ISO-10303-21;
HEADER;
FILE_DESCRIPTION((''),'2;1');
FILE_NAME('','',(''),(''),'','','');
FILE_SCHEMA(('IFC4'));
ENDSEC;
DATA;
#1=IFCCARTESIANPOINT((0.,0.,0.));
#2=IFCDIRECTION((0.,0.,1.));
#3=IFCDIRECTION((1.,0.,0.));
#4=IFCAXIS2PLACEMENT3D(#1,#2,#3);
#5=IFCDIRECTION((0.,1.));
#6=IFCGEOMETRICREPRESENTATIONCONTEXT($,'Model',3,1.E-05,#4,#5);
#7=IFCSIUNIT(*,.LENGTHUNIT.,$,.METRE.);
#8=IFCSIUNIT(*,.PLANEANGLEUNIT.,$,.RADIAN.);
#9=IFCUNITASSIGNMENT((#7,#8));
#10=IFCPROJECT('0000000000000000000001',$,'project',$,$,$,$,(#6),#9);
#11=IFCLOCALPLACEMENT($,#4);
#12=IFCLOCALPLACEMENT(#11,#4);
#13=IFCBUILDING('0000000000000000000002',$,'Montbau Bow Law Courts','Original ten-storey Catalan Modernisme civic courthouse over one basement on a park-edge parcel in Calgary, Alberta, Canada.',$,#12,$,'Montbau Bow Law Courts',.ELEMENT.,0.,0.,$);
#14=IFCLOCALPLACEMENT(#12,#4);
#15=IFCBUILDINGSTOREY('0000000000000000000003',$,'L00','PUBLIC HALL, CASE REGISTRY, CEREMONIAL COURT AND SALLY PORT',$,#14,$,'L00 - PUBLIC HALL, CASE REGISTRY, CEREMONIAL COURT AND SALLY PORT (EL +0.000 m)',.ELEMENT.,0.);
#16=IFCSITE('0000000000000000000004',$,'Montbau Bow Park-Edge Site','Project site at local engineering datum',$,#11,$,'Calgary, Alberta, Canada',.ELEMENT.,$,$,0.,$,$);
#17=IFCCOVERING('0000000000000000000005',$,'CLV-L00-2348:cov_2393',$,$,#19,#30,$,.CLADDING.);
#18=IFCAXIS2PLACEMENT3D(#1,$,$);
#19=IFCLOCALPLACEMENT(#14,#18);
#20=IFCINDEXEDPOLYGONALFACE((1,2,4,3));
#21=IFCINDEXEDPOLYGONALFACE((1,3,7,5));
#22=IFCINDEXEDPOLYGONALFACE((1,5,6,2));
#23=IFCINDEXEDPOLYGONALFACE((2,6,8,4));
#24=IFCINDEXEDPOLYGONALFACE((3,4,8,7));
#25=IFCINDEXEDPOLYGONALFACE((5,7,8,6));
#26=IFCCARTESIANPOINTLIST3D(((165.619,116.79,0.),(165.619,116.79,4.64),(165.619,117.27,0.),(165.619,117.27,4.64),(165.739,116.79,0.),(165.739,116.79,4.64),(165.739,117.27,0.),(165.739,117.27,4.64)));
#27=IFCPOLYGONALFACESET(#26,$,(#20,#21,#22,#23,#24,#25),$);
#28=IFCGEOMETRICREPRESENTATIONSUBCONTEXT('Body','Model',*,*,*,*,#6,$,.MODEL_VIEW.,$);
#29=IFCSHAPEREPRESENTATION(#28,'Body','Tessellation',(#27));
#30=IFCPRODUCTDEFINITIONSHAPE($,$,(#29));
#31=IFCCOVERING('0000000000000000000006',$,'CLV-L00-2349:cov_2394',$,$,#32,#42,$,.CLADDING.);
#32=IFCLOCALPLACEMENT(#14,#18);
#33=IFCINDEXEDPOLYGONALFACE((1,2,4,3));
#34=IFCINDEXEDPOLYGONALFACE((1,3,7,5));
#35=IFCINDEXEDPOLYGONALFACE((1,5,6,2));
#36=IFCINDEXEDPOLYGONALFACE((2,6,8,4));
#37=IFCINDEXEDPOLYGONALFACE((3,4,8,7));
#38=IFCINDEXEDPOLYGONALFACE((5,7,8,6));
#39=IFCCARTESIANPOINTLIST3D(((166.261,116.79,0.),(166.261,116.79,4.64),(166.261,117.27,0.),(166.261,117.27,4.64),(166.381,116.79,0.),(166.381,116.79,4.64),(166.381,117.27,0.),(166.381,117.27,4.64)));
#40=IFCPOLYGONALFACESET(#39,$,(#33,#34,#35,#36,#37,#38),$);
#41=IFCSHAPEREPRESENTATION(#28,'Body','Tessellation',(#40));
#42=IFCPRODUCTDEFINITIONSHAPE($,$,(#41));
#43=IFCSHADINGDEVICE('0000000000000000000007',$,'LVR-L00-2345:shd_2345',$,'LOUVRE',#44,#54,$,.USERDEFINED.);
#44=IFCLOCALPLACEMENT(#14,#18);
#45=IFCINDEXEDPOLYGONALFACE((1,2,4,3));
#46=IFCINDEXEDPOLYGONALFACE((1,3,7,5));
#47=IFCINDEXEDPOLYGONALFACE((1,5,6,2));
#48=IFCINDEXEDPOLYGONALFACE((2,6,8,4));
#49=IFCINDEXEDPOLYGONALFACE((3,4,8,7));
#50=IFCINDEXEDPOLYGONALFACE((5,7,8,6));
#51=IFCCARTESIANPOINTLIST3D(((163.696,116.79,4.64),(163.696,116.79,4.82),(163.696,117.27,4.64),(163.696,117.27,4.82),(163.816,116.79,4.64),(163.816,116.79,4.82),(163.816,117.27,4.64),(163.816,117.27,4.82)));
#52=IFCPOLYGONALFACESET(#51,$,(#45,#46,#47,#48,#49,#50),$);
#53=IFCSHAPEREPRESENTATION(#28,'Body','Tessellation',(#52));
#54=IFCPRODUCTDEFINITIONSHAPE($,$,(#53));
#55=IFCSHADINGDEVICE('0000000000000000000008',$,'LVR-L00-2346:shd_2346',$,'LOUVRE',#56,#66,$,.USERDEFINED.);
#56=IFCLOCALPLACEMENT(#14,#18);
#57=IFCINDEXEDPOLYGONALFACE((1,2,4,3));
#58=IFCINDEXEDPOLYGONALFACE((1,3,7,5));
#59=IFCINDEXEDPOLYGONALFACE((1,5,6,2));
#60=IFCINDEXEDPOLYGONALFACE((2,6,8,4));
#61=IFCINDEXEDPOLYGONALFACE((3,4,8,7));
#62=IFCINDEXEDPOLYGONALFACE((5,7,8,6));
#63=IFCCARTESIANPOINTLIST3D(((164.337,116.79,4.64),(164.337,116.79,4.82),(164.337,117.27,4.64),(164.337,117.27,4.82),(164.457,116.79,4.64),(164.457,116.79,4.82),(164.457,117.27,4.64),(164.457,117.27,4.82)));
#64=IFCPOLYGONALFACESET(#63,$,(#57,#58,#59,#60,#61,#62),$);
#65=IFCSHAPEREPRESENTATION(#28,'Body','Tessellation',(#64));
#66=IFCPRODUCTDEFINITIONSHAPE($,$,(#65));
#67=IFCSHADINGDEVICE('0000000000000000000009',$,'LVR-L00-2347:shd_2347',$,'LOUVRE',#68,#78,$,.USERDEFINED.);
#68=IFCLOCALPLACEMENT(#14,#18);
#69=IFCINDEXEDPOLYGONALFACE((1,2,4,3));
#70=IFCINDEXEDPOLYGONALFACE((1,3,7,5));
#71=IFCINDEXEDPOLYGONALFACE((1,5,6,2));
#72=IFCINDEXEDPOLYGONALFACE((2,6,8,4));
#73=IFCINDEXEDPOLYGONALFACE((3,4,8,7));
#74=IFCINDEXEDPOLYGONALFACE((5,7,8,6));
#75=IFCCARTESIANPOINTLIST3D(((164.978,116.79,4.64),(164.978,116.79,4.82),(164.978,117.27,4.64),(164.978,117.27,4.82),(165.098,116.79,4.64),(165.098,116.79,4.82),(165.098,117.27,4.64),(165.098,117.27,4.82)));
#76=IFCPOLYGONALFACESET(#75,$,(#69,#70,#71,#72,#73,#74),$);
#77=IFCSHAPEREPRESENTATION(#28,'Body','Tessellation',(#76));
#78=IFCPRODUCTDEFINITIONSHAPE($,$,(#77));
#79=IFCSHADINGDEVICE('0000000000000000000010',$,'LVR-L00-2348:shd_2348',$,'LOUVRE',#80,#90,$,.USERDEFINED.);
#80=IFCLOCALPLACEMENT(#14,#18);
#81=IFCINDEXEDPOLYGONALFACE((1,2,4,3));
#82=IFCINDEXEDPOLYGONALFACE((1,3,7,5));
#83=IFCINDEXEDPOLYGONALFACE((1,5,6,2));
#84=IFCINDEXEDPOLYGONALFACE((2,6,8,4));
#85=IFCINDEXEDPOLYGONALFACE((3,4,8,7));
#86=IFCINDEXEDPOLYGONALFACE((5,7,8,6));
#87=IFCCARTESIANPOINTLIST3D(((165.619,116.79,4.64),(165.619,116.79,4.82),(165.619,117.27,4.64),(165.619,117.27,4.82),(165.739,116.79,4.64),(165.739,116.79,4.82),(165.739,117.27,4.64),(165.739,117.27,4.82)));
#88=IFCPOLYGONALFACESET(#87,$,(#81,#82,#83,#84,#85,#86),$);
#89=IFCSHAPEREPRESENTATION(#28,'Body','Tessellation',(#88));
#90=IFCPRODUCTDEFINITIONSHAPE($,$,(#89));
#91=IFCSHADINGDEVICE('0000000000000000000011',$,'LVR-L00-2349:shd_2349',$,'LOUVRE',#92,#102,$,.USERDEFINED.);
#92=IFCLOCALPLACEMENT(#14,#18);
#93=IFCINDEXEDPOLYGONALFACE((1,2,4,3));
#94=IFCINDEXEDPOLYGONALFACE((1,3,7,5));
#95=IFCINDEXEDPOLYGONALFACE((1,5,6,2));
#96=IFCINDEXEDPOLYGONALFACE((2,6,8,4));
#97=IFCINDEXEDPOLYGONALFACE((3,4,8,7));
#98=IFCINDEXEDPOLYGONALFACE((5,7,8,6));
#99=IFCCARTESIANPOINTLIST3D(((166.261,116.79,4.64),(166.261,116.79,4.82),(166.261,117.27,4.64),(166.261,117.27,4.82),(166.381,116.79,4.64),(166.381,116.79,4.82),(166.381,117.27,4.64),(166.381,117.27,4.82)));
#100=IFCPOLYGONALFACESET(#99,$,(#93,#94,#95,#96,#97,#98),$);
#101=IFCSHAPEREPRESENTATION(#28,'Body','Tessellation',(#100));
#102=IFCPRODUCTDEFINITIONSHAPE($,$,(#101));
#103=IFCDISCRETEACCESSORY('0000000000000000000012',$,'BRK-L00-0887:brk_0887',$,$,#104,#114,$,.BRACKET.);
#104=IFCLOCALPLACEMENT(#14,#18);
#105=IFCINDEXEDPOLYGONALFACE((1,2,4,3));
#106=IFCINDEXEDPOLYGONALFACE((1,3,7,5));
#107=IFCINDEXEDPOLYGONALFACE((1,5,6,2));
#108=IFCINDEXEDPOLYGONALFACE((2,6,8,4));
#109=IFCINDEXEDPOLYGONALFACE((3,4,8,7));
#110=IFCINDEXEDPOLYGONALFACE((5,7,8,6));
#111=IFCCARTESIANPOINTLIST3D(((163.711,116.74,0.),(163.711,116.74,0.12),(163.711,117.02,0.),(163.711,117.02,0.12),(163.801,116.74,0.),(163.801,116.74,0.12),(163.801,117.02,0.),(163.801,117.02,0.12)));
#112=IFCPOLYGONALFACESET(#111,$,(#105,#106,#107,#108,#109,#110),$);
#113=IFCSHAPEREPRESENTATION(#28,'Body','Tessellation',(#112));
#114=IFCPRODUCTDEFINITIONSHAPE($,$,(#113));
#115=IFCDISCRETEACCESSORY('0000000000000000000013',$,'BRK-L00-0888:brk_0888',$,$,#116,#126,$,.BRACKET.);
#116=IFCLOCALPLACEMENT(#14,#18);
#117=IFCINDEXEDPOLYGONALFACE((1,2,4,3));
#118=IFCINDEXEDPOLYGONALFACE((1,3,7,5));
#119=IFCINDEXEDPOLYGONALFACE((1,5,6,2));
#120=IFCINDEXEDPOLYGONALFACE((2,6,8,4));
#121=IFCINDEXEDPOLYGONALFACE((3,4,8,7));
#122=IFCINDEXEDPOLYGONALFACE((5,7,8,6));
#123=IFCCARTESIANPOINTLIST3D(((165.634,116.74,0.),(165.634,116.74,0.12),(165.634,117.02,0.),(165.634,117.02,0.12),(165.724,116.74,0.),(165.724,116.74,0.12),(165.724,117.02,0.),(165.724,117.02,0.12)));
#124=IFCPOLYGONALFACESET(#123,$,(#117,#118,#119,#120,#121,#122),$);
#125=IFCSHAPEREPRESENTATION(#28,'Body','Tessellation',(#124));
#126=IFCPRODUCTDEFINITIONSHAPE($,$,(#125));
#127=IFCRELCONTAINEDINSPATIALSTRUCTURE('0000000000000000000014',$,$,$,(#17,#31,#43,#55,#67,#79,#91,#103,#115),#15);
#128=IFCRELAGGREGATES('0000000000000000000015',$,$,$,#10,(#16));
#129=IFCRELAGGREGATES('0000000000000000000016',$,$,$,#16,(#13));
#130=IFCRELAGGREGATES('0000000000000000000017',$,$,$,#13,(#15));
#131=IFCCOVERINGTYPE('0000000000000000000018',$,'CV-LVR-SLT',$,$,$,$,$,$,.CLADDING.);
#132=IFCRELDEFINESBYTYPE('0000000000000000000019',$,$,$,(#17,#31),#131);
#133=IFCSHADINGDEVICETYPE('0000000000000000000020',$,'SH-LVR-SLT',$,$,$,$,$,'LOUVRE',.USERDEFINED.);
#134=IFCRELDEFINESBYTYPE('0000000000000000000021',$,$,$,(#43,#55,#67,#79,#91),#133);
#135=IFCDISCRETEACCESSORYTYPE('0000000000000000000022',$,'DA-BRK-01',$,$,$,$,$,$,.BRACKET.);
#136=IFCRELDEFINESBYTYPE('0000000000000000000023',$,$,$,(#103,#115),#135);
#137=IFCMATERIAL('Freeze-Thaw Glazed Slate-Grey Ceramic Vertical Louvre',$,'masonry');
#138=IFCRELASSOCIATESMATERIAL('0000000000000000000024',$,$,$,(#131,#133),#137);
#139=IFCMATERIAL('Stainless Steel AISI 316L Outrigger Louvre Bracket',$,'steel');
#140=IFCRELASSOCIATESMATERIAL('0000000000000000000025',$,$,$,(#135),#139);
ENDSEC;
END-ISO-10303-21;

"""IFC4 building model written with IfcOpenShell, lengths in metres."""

from ifc_helpers import new_model, si_unit, direction, frame, frame_2d, origin_with_axes, origin_2d_with_axis, place, context, subcontext, project, spatial, rectangle, extrude, material, type_object, element, save


model = new_model("IFC4")

# Units and contexts
model_context = context("Model", 3, precision=1e-05, world=origin_with_axes(), true_north=direction((0.0, 1.0)))
body_context = subcontext(model_context, "Body", "Model", "MODEL_VIEW")
ifc_project = project(units=[si_unit("LENGTHUNIT", "METRE"), si_unit("PLANEANGLEUNIT", "RADIAN")], contexts=[model_context])

# Site, building, storey
site_placement = place(None, origin_with_axes())
site = spatial("IfcSite", under=ifc_project, at=site_placement, Name="Montbau Bow Park-Edge Site", Description="Project site at local engineering datum", LongName="Calgary, Alberta, Canada", CompositionType="ELEMENT", RefElevation=0.0)
building_placement = place(site_placement, origin_with_axes())
building = spatial("IfcBuilding", under=site, at=building_placement, Name="Montbau Bow Law Courts", Description="Original ten-storey Catalan Modernisme civic courthouse over one basement on a park-edge parcel in Calgary, Alberta, Canada.", LongName="Montbau Bow Law Courts", CompositionType="ELEMENT", ElevationOfRefHeight=0.0, ElevationOfTerrain=0.0)
storey_placement = place(building_placement, origin_with_axes())
storey = spatial("IfcBuildingStorey", under=building, at=storey_placement, Name="L00", Description="PUBLIC HALL, CASE REGISTRY, CEREMONIAL COURT AND SALLY PORT", LongName="L00 - PUBLIC HALL, CASE REGISTRY, CEREMONIAL COURT AND SALLY PORT (EL +0.000 m)", CompositionType="ELEMENT", Elevation=0.0)

# Coverings
ifc_material_1 = material(Name="Freeze-Thaw Glazed Slate-Grey Ceramic Vertical Louvre", Category="masonry")
covering_type = type_object("IfcCoveringType", Name="CV-LVR-SLT", PredefinedType="CLADDING", material=ifc_material_1)
for number, where, z_axis, x_axis, name in (
    (1, (165.679, 116.79, 0.0), (1.0, 0.0, 0.0), (0.0, 1.0, 0.0), "CLV-L00-2348:cov_2393"),
    (2, (166.321, 116.79, 0.0), (1.0, 0.0, 0.0), (0.0, 1.0, 0.0), "CLV-L00-2349:cov_2394"),
):
    element("IfcCovering", number, at=place(None, frame(where, z_axis=z_axis, x_axis=x_axis)), inside=storey, type_object=covering_type, Name=name, PredefinedType="CLADDING", context=body_context, shape_type="SweptSolid", body=[
        extrude(rectangle(XDim=0.48, YDim=4.64, at=frame_2d((0.24, 2.32), x_axis=(1.0, 0.0))), frame((0.0, 0.0, -0.06), z_axis=(0.0, 0.0, 1.0), x_axis=(1.0, 0.0, 0.0)), (0.0, 0.0, 1.0), 0.12),
    ])

# Shading devices
shading_device_type = type_object("IfcShadingDeviceType", Name="SH-LVR-SLT", ElementType="LOUVRE", PredefinedType="USERDEFINED", material=ifc_material_1)
for number, where, z_axis, x_axis, name in (
    (3, (163.756, 117.03, 4.64), (0.0, 0.0, 1.0), (0.0, 1.0, 0.0), "LVR-L00-2345:shd_2345"),
    (4, (164.397, 117.03, 4.64), (0.0, 0.0, 1.0), (0.0, 1.0, 0.0), "LVR-L00-2346:shd_2346"),
    (5, (165.038, 117.03, 4.64), (0.0, 0.0, 1.0), (0.0, 1.0, 0.0), "LVR-L00-2347:shd_2347"),
    (6, (165.679, 117.03, 4.64), (0.0, 0.0, 1.0), (0.0, 1.0, 0.0), "LVR-L00-2348:shd_2348"),
    (7, (166.321, 117.03, 4.64), (0.0, 0.0, 1.0), (0.0, 1.0, 0.0), "LVR-L00-2349:shd_2349"),
):
    element("IfcShadingDevice", number, at=place(None, frame(where, z_axis=z_axis, x_axis=x_axis)), inside=storey, type_object=shading_device_type, Name=name, ObjectType="LOUVRE", PredefinedType="USERDEFINED", context=body_context, shape_type="SweptSolid", body=[
        extrude(rectangle(XDim=0.48, YDim=0.12, at=origin_2d_with_axis()), origin_with_axes(), (0.0, 0.0, 1.0), 0.18),
    ])

# Discrete accessories
ifc_material_2 = material(Name="Stainless Steel AISI 316L Outrigger Louvre Bracket", Category="steel")
discrete_accessory_type = type_object("IfcDiscreteAccessoryType", Name="DA-BRK-01", PredefinedType="BRACKET", material=ifc_material_2)
for number, where, z_axis, x_axis, name in (
    (8, (163.756, 116.88, 0.0), (0.0, 0.0, 1.0), (0.0, 1.0, 0.0), "BRK-L00-0887:brk_0887"),
    (9, (165.679, 116.88, 0.0), (0.0, 0.0, 1.0), (0.0, 1.0, 0.0), "BRK-L00-0888:brk_0888"),
):
    element("IfcDiscreteAccessory", number, at=place(None, frame(where, z_axis=z_axis, x_axis=x_axis)), inside=storey, type_object=discrete_accessory_type, Name=name, PredefinedType="BRACKET", context=body_context, shape_type="SweptSolid", body=[
        extrude(rectangle(XDim=0.28, YDim=0.09, at=origin_2d_with_axis()), origin_with_axes(), (0.0, 0.0, 1.0), 0.12),
    ])

save(model, "model.ifc")
